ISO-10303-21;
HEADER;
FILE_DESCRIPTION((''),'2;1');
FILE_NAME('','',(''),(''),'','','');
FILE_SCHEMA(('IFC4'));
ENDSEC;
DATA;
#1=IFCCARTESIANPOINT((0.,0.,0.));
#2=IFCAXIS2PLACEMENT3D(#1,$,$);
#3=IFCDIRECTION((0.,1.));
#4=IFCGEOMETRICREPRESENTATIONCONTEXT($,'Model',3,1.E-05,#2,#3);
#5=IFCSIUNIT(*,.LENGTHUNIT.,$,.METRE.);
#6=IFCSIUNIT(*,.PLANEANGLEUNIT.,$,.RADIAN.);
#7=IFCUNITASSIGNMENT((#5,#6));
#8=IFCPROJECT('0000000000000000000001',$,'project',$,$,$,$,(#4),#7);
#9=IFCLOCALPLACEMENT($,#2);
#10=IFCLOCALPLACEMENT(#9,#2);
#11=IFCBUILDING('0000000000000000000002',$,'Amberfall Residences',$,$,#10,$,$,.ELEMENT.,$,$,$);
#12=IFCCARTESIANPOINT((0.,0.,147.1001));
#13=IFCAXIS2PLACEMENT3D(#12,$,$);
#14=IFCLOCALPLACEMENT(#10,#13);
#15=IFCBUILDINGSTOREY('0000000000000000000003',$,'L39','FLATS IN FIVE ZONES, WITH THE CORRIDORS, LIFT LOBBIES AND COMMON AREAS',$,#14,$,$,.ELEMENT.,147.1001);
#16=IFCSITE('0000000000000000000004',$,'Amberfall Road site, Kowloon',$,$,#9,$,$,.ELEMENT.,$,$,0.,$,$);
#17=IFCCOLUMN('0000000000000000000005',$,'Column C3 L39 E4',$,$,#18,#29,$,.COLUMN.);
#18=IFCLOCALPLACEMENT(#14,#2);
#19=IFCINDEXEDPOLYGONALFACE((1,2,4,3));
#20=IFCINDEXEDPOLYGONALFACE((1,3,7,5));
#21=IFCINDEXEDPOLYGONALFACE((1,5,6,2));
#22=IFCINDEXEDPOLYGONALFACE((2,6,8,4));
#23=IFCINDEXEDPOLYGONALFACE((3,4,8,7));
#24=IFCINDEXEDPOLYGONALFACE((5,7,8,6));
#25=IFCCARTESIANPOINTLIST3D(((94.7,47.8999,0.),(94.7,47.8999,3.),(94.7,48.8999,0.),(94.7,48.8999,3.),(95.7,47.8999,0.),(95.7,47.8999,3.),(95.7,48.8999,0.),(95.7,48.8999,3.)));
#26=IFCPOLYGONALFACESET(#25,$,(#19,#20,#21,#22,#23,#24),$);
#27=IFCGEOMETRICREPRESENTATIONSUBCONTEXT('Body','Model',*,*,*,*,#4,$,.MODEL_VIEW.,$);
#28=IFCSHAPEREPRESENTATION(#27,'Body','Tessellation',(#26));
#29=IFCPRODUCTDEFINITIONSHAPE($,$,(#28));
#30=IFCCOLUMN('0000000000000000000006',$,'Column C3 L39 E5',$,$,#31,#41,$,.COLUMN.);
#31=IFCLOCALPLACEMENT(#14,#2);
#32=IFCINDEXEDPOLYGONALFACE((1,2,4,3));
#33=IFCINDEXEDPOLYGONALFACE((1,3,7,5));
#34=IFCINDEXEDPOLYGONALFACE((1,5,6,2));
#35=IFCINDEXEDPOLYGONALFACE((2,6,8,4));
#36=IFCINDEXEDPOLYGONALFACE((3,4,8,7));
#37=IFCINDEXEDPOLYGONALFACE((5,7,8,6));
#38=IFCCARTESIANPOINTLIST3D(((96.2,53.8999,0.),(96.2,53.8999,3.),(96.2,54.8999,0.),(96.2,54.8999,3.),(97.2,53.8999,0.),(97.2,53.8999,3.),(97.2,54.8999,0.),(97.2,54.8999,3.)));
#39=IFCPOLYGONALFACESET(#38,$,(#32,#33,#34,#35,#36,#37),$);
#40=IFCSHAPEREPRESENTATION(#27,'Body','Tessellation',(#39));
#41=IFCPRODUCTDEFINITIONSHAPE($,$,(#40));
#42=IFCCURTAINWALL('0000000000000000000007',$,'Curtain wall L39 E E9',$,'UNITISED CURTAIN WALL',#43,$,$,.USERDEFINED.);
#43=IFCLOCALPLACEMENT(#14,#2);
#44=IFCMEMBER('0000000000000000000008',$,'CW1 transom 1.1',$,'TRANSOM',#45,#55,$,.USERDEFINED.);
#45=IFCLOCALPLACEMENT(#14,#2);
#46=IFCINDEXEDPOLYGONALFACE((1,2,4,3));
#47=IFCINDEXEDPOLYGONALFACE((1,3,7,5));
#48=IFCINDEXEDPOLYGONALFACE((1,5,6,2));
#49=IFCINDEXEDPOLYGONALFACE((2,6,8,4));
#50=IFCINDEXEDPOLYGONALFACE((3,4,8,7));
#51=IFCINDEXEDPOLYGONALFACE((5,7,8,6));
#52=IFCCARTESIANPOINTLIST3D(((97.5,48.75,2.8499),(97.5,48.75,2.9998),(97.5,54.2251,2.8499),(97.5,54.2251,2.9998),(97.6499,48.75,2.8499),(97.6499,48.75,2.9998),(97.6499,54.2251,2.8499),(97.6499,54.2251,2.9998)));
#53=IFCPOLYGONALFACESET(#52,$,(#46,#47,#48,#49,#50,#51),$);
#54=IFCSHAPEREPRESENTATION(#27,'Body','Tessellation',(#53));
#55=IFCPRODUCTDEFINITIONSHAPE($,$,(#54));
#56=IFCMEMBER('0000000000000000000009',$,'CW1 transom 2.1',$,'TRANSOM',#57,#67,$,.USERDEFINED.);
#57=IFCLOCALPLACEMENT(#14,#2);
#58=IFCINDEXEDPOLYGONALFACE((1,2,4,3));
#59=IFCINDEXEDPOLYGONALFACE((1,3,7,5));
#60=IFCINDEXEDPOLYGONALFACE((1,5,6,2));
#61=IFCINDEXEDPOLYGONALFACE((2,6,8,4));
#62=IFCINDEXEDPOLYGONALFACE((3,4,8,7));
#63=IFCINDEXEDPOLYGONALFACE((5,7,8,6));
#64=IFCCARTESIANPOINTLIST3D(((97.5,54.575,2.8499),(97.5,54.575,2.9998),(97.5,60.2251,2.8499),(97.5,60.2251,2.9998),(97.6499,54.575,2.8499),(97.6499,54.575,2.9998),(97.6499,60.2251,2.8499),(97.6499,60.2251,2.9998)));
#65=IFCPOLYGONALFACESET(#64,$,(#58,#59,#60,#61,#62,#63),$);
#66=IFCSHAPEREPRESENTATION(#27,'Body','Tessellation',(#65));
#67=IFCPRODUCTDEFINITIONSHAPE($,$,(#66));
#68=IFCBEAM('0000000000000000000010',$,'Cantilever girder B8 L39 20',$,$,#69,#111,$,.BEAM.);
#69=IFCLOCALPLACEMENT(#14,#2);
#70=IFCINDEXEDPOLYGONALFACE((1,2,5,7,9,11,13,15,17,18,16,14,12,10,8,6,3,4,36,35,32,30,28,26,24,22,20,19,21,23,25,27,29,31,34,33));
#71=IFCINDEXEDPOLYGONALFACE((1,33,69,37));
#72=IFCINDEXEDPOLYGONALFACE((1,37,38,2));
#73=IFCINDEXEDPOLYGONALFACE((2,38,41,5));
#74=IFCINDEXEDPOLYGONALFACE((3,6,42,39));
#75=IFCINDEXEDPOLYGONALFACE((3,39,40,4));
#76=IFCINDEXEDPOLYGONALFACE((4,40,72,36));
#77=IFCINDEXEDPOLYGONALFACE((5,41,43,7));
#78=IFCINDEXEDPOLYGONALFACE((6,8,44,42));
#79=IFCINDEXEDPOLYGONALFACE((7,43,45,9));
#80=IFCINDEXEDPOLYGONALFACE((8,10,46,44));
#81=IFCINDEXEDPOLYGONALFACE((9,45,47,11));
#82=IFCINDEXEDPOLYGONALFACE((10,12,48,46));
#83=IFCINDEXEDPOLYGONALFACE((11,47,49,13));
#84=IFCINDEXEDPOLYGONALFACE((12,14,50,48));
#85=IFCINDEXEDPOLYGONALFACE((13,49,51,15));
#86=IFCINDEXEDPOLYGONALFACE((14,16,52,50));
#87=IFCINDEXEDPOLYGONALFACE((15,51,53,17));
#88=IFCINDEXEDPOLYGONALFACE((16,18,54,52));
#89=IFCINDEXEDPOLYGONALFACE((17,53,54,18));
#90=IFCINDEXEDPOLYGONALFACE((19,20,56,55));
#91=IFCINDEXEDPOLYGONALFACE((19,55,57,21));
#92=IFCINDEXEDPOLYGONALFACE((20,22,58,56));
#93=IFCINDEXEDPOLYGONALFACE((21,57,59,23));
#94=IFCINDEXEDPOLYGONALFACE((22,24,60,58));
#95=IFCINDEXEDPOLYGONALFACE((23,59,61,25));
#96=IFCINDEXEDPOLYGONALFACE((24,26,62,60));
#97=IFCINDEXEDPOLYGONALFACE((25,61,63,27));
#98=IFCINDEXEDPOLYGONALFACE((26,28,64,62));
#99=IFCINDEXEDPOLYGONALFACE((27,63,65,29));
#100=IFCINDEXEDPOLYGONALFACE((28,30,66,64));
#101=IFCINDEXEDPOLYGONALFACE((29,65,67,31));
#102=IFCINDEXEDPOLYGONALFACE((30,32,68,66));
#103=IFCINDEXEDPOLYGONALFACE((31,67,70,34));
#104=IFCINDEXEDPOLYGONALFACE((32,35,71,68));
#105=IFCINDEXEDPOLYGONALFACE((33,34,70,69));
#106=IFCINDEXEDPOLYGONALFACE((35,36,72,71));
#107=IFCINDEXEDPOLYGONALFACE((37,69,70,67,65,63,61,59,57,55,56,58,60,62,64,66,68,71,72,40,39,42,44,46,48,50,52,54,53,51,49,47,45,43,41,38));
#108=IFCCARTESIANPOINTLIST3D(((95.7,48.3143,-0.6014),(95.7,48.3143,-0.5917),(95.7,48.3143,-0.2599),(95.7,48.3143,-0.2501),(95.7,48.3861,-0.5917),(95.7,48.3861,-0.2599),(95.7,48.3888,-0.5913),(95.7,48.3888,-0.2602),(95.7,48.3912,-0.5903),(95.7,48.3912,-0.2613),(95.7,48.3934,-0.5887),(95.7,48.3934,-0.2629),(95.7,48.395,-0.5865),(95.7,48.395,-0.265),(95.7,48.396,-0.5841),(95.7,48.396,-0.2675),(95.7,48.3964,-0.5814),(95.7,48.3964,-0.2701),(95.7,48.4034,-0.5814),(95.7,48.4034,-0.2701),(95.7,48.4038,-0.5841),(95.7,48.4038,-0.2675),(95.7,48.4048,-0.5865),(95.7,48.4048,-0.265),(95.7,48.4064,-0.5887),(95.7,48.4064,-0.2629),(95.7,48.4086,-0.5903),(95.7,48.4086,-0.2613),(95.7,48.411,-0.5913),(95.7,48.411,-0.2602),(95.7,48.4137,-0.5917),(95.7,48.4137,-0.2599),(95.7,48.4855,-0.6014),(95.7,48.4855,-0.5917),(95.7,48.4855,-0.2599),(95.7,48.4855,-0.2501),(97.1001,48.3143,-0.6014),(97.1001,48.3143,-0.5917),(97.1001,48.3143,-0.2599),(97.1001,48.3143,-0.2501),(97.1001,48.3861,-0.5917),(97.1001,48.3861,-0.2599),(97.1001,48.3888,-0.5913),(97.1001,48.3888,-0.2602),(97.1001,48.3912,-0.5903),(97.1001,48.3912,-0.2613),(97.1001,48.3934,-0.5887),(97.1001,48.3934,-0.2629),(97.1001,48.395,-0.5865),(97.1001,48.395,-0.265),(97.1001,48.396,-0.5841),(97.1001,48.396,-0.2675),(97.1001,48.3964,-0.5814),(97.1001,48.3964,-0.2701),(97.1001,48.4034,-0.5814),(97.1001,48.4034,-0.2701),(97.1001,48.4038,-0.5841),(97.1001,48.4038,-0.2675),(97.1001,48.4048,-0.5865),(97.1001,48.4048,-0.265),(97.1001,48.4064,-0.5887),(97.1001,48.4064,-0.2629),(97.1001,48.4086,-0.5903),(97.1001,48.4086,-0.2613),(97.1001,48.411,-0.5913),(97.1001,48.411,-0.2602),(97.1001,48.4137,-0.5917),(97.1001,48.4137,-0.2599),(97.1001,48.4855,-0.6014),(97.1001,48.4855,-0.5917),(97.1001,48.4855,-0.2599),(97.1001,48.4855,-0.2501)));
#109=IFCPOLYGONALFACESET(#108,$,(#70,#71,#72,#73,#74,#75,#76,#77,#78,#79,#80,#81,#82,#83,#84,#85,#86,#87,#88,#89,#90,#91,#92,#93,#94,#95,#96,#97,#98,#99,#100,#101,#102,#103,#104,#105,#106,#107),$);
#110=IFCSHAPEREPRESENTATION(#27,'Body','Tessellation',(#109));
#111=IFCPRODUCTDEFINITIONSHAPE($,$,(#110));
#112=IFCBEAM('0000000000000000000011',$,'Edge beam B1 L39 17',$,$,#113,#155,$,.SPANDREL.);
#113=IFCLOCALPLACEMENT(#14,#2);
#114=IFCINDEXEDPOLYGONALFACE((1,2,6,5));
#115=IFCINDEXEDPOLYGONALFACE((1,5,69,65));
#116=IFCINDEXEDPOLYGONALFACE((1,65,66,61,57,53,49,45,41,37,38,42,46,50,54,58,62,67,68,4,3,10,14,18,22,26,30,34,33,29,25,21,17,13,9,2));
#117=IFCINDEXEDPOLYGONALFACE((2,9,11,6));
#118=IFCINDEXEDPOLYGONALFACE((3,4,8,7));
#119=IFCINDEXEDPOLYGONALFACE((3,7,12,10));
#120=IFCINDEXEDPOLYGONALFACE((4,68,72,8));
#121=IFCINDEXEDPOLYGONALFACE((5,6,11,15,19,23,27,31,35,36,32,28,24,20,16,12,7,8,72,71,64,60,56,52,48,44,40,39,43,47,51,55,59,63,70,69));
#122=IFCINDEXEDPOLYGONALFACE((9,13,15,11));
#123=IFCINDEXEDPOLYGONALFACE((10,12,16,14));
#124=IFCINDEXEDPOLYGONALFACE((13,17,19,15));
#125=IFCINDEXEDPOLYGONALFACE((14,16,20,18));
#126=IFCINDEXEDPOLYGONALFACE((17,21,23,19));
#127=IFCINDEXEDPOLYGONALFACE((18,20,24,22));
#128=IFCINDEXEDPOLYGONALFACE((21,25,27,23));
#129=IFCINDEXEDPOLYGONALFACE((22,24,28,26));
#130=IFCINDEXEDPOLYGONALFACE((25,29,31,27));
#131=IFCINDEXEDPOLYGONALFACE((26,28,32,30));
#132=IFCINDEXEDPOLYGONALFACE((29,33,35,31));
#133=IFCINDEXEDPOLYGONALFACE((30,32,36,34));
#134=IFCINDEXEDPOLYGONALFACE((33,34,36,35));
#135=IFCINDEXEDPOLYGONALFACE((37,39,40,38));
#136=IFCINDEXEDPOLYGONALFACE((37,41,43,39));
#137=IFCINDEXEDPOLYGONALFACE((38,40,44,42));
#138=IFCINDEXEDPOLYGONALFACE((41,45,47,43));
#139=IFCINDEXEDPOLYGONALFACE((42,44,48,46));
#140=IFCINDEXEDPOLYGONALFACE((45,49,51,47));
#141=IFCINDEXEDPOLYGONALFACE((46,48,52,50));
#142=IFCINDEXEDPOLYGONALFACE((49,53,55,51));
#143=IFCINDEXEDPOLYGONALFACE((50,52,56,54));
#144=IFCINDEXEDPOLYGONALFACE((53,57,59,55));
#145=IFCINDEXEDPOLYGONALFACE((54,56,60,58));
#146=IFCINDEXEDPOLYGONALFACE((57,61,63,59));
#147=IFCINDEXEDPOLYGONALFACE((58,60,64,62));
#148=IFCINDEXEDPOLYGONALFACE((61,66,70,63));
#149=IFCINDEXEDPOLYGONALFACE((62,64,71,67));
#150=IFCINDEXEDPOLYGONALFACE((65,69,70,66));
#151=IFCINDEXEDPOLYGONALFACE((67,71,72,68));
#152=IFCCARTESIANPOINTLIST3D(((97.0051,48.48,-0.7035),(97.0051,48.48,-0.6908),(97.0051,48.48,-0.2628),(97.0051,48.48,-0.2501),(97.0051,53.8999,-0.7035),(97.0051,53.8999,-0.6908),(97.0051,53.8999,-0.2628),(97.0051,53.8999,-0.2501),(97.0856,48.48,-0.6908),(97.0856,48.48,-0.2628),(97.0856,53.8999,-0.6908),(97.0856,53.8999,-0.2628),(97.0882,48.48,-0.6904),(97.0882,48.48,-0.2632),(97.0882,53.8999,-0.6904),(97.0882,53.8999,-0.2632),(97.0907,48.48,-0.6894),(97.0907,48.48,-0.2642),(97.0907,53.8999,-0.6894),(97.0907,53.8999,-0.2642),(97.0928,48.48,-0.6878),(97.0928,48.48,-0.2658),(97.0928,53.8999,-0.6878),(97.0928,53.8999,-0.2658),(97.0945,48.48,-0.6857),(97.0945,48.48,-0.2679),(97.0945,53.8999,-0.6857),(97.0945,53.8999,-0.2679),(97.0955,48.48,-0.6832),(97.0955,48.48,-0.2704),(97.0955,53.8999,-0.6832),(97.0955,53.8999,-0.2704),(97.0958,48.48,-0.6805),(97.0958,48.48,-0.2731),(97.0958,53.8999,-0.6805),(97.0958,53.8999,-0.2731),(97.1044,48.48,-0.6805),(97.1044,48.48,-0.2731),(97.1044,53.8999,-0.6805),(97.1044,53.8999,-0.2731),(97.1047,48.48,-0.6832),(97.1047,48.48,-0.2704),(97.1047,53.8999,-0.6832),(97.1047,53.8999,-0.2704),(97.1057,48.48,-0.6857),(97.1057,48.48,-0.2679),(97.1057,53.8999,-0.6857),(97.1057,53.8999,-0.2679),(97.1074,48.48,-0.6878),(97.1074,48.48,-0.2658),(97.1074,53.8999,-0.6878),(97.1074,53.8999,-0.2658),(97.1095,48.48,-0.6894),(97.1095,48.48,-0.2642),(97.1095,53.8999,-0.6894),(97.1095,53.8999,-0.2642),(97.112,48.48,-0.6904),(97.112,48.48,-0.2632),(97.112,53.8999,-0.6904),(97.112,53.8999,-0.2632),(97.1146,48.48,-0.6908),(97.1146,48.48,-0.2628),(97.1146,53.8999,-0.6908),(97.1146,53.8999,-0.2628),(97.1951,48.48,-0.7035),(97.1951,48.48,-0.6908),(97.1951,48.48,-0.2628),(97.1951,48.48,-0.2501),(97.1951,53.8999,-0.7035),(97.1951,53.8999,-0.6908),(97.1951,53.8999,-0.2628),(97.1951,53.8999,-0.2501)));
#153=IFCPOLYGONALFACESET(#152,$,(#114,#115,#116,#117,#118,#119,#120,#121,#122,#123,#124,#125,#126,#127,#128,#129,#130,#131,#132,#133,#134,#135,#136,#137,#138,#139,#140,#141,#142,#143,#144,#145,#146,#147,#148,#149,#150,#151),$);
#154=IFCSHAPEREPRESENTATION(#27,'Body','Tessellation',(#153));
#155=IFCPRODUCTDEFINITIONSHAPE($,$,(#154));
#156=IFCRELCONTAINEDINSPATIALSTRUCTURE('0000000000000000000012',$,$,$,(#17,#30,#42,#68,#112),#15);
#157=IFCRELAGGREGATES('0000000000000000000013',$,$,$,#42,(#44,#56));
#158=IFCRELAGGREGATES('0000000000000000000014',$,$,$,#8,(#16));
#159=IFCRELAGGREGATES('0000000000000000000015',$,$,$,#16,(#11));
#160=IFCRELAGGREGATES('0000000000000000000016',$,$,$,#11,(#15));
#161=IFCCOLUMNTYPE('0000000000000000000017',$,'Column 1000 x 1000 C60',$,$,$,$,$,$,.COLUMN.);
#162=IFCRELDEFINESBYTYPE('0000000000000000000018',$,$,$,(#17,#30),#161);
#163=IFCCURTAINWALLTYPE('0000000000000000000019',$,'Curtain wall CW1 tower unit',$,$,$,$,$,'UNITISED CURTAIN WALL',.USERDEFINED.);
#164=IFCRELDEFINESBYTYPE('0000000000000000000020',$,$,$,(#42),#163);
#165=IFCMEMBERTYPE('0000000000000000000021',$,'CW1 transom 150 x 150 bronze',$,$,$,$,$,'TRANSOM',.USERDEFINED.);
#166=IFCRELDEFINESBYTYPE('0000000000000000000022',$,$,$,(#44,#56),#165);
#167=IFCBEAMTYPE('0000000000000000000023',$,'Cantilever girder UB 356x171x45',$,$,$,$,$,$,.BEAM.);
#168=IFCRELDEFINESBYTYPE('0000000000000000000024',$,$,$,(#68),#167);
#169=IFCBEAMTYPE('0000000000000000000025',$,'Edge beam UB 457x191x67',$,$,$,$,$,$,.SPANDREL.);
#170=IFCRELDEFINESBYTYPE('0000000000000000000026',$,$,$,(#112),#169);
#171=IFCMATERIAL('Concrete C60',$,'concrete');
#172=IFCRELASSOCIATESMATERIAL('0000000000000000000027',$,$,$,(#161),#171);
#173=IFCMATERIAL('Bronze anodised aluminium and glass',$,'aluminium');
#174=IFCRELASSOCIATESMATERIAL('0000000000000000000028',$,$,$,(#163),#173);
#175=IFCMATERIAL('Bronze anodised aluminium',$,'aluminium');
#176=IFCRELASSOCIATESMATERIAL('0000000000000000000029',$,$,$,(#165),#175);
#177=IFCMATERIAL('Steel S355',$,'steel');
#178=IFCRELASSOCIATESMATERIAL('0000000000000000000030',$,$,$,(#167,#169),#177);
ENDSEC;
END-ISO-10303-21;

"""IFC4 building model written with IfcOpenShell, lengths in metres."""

from ifc_helpers import new_model, si_unit, direction, frame, origin, origin_2d, place, context, subcontext, project, spatial, rectangle, i_section, extrude, material, material_profile, profile_set, type_object, element, aggregate, save


model = new_model("IFC4")

# Units and contexts
model_context = context("Model", 3, precision=1e-05, world=origin(), true_north=direction((0.0, 1.0)))
body_context = subcontext(model_context, "Body", "Model", "MODEL_VIEW")
ifc_project = project(units=[si_unit("LENGTHUNIT", "METRE"), si_unit("PLANEANGLEUNIT", "RADIAN")], contexts=[model_context])

# Site, building, storey
site_placement = place(None, origin())
site = spatial("IfcSite", under=ifc_project, at=site_placement, Name="Amberfall Road site, Kowloon", CompositionType="ELEMENT", RefElevation=0.0)
building_placement = place(site_placement, origin())
building = spatial("IfcBuilding", under=site, at=building_placement, Name="Amberfall Residences", CompositionType="ELEMENT")
storey_placement = place(building_placement, frame((0.0, 0.0, 147.1001)))
storey = spatial("IfcBuildingStorey", under=building, at=storey_placement, Name="L39", Description="FLATS IN FIVE ZONES, WITH THE CORRIDORS, LIFT LOBBIES AND COMMON AREAS", CompositionType="ELEMENT", Elevation=147.1001)

# Columns
ifc_material_1 = material(Name="Concrete C60", Category="concrete")
ifc_material_profile_1 = material_profile(ifc_material_1, rectangle(XDim=1.0, YDim=1.0, at=origin_2d()), Name="Column 1000 x 1000 C60")
ifc_profile_set_1 = profile_set([ifc_material_profile_1], Name="Concrete C60")
column_type = type_object("IfcColumnType", Name="Column 1000 x 1000 C60", PredefinedType="COLUMN", material=ifc_profile_set_1)
for number, where, z_axis, x_axis, name in (
    (1, (95.2, 48.3999, 0.0), (0.0, 0.0, 1.0), (1.0, 0.0, 0.0), "Column C3 L39 E4"),
    (2, (96.7, 54.3999, 0.0), (0.0, 0.0, 1.0), (1.0, 0.0, 0.0), "Column C3 L39 E5"),
):
    element("IfcColumn", number, at=place(storey_placement, frame(where, z_axis=z_axis, x_axis=x_axis)), inside=storey, type_object=column_type, Name=name, PredefinedType="COLUMN", context=body_context, shape_type="SweptSolid", body=[
        extrude(rectangle(XDim=1.0, YDim=1.0, at=origin_2d()), origin(), (0.0, 0.0, 1.0), 3.0),
    ])

# Curtain wall, members
ifc_material_2 = material(Name="Bronze anodised aluminium and glass", Category="aluminium")
curtain_wall_type = type_object("IfcCurtainWallType", Name="Curtain wall CW1 tower unit", ElementType="UNITISED CURTAIN WALL", PredefinedType="USERDEFINED", material=ifc_material_2)
curtain_wall_placement = place(storey_placement, origin())
curtain_wall = element("IfcCurtainWall", 3, at=curtain_wall_placement, inside=storey, type_object=curtain_wall_type, Name="Curtain wall L39 E E9", ObjectType="UNITISED CURTAIN WALL", PredefinedType="USERDEFINED")
ifc_material_3 = material(Name="Bronze anodised aluminium", Category="aluminium")
ifc_material_profile_2 = material_profile(ifc_material_3, rectangle(XDim=0.1499, YDim=0.1499, at=origin_2d()), Name="CW1 transom 150 x 150 bronze")
ifc_profile_set_2 = profile_set([ifc_material_profile_2], Name="Bronze anodised aluminium")
member_type_1 = type_object("IfcMemberType", Name="CW1 transom 150 x 150 bronze", ElementType="TRANSOM", PredefinedType="USERDEFINED", material=ifc_profile_set_2)
member_1_placement = place(storey_placement, frame((97.575, 48.75, 2.9248), z_axis=(0.0, 1.0, 0.0), x_axis=(-1.0, 0.0, 0.0)))
member_1 = element("IfcMember", 4, at=member_1_placement, type_object=member_type_1, Name="CW1 transom 1.1", ObjectType="TRANSOM", PredefinedType="USERDEFINED", context=body_context, shape_type="SweptSolid", body=[
    extrude(rectangle(XDim=0.1499, YDim=0.1499, at=origin_2d()), origin(), (0.0, 0.0, 1.0), 5.4751),
])
member_2_placement = place(storey_placement, frame((97.575, 54.575, 2.9248), z_axis=(0.0, 1.0, 0.0), x_axis=(-1.0, 0.0, 0.0)))
member_2 = element("IfcMember", 5, at=member_2_placement, type_object=member_type_1, Name="CW1 transom 2.1", ObjectType="TRANSOM", PredefinedType="USERDEFINED", context=body_context, shape_type="SweptSolid", body=[
    extrude(rectangle(XDim=0.1499, YDim=0.1499, at=origin_2d()), origin(), (0.0, 0.0, 1.0), 5.6501),
])

# Beams
ifc_material_4 = material(Name="Steel S355", Category="steel")
ifc_material_profile_3 = material_profile(ifc_material_4, i_section(OverallWidth=0.1711, OverallDepth=0.3513, WebThickness=0.0071, FlangeThickness=0.0098, FilletRadius=0.0103, at=origin_2d()), Name="UB 356x171x45")
ifc_profile_set_3 = profile_set([ifc_material_profile_3], Name="Steel S355")
beam_type_1 = type_object("IfcBeamType", Name="Cantilever girder UB 356x171x45", PredefinedType="BEAM", material=ifc_profile_set_3)
beam_1_placement = place(storey_placement, frame((95.7, 48.3999, -0.4258), z_axis=(1.0, 0.0, 0.0), x_axis=(0.0, 1.0, 0.0)))
element("IfcBeam", 6, at=beam_1_placement, inside=storey, type_object=beam_type_1, Name="Cantilever girder B8 L39 20", PredefinedType="BEAM", context=body_context, shape_type="SweptSolid", body=[
    extrude(i_section(OverallWidth=0.1711, OverallDepth=0.3513, WebThickness=0.0071, FlangeThickness=0.0098, FilletRadius=0.0103, at=origin_2d()), origin(), (0.0, 0.0, 1.0), 1.4001),
])
ifc_material_profile_4 = material_profile(ifc_material_4, i_section(OverallWidth=0.1899, OverallDepth=0.4534, WebThickness=0.0085, FlangeThickness=0.0127, FilletRadius=0.0103, at=origin_2d()), Name="UB 457x191x67")
ifc_profile_set_4 = profile_set([ifc_material_profile_4], Name="Steel S355")
beam_type_2 = type_object("IfcBeamType", Name="Edge beam UB 457x191x67", PredefinedType="SPANDREL", material=ifc_profile_set_4)
beam_2_placement = place(storey_placement, frame((97.1001, 48.48, -0.4768), z_axis=(0.0, 1.0, 0.0), x_axis=(-1.0, 0.0, 0.0)))
element("IfcBeam", 7, at=beam_2_placement, inside=storey, type_object=beam_type_2, Name="Edge beam B1 L39 17", PredefinedType="SPANDREL", context=body_context, shape_type="SweptSolid", body=[
    extrude(i_section(OverallWidth=0.1899, OverallDepth=0.4534, WebThickness=0.0085, FlangeThickness=0.0127, FilletRadius=0.0103, at=origin_2d()), origin(), (0.0, 0.0, 1.0), 5.4199),
])

aggregate(curtain_wall, [member_1, member_2])

save(model, "model.ifc")
